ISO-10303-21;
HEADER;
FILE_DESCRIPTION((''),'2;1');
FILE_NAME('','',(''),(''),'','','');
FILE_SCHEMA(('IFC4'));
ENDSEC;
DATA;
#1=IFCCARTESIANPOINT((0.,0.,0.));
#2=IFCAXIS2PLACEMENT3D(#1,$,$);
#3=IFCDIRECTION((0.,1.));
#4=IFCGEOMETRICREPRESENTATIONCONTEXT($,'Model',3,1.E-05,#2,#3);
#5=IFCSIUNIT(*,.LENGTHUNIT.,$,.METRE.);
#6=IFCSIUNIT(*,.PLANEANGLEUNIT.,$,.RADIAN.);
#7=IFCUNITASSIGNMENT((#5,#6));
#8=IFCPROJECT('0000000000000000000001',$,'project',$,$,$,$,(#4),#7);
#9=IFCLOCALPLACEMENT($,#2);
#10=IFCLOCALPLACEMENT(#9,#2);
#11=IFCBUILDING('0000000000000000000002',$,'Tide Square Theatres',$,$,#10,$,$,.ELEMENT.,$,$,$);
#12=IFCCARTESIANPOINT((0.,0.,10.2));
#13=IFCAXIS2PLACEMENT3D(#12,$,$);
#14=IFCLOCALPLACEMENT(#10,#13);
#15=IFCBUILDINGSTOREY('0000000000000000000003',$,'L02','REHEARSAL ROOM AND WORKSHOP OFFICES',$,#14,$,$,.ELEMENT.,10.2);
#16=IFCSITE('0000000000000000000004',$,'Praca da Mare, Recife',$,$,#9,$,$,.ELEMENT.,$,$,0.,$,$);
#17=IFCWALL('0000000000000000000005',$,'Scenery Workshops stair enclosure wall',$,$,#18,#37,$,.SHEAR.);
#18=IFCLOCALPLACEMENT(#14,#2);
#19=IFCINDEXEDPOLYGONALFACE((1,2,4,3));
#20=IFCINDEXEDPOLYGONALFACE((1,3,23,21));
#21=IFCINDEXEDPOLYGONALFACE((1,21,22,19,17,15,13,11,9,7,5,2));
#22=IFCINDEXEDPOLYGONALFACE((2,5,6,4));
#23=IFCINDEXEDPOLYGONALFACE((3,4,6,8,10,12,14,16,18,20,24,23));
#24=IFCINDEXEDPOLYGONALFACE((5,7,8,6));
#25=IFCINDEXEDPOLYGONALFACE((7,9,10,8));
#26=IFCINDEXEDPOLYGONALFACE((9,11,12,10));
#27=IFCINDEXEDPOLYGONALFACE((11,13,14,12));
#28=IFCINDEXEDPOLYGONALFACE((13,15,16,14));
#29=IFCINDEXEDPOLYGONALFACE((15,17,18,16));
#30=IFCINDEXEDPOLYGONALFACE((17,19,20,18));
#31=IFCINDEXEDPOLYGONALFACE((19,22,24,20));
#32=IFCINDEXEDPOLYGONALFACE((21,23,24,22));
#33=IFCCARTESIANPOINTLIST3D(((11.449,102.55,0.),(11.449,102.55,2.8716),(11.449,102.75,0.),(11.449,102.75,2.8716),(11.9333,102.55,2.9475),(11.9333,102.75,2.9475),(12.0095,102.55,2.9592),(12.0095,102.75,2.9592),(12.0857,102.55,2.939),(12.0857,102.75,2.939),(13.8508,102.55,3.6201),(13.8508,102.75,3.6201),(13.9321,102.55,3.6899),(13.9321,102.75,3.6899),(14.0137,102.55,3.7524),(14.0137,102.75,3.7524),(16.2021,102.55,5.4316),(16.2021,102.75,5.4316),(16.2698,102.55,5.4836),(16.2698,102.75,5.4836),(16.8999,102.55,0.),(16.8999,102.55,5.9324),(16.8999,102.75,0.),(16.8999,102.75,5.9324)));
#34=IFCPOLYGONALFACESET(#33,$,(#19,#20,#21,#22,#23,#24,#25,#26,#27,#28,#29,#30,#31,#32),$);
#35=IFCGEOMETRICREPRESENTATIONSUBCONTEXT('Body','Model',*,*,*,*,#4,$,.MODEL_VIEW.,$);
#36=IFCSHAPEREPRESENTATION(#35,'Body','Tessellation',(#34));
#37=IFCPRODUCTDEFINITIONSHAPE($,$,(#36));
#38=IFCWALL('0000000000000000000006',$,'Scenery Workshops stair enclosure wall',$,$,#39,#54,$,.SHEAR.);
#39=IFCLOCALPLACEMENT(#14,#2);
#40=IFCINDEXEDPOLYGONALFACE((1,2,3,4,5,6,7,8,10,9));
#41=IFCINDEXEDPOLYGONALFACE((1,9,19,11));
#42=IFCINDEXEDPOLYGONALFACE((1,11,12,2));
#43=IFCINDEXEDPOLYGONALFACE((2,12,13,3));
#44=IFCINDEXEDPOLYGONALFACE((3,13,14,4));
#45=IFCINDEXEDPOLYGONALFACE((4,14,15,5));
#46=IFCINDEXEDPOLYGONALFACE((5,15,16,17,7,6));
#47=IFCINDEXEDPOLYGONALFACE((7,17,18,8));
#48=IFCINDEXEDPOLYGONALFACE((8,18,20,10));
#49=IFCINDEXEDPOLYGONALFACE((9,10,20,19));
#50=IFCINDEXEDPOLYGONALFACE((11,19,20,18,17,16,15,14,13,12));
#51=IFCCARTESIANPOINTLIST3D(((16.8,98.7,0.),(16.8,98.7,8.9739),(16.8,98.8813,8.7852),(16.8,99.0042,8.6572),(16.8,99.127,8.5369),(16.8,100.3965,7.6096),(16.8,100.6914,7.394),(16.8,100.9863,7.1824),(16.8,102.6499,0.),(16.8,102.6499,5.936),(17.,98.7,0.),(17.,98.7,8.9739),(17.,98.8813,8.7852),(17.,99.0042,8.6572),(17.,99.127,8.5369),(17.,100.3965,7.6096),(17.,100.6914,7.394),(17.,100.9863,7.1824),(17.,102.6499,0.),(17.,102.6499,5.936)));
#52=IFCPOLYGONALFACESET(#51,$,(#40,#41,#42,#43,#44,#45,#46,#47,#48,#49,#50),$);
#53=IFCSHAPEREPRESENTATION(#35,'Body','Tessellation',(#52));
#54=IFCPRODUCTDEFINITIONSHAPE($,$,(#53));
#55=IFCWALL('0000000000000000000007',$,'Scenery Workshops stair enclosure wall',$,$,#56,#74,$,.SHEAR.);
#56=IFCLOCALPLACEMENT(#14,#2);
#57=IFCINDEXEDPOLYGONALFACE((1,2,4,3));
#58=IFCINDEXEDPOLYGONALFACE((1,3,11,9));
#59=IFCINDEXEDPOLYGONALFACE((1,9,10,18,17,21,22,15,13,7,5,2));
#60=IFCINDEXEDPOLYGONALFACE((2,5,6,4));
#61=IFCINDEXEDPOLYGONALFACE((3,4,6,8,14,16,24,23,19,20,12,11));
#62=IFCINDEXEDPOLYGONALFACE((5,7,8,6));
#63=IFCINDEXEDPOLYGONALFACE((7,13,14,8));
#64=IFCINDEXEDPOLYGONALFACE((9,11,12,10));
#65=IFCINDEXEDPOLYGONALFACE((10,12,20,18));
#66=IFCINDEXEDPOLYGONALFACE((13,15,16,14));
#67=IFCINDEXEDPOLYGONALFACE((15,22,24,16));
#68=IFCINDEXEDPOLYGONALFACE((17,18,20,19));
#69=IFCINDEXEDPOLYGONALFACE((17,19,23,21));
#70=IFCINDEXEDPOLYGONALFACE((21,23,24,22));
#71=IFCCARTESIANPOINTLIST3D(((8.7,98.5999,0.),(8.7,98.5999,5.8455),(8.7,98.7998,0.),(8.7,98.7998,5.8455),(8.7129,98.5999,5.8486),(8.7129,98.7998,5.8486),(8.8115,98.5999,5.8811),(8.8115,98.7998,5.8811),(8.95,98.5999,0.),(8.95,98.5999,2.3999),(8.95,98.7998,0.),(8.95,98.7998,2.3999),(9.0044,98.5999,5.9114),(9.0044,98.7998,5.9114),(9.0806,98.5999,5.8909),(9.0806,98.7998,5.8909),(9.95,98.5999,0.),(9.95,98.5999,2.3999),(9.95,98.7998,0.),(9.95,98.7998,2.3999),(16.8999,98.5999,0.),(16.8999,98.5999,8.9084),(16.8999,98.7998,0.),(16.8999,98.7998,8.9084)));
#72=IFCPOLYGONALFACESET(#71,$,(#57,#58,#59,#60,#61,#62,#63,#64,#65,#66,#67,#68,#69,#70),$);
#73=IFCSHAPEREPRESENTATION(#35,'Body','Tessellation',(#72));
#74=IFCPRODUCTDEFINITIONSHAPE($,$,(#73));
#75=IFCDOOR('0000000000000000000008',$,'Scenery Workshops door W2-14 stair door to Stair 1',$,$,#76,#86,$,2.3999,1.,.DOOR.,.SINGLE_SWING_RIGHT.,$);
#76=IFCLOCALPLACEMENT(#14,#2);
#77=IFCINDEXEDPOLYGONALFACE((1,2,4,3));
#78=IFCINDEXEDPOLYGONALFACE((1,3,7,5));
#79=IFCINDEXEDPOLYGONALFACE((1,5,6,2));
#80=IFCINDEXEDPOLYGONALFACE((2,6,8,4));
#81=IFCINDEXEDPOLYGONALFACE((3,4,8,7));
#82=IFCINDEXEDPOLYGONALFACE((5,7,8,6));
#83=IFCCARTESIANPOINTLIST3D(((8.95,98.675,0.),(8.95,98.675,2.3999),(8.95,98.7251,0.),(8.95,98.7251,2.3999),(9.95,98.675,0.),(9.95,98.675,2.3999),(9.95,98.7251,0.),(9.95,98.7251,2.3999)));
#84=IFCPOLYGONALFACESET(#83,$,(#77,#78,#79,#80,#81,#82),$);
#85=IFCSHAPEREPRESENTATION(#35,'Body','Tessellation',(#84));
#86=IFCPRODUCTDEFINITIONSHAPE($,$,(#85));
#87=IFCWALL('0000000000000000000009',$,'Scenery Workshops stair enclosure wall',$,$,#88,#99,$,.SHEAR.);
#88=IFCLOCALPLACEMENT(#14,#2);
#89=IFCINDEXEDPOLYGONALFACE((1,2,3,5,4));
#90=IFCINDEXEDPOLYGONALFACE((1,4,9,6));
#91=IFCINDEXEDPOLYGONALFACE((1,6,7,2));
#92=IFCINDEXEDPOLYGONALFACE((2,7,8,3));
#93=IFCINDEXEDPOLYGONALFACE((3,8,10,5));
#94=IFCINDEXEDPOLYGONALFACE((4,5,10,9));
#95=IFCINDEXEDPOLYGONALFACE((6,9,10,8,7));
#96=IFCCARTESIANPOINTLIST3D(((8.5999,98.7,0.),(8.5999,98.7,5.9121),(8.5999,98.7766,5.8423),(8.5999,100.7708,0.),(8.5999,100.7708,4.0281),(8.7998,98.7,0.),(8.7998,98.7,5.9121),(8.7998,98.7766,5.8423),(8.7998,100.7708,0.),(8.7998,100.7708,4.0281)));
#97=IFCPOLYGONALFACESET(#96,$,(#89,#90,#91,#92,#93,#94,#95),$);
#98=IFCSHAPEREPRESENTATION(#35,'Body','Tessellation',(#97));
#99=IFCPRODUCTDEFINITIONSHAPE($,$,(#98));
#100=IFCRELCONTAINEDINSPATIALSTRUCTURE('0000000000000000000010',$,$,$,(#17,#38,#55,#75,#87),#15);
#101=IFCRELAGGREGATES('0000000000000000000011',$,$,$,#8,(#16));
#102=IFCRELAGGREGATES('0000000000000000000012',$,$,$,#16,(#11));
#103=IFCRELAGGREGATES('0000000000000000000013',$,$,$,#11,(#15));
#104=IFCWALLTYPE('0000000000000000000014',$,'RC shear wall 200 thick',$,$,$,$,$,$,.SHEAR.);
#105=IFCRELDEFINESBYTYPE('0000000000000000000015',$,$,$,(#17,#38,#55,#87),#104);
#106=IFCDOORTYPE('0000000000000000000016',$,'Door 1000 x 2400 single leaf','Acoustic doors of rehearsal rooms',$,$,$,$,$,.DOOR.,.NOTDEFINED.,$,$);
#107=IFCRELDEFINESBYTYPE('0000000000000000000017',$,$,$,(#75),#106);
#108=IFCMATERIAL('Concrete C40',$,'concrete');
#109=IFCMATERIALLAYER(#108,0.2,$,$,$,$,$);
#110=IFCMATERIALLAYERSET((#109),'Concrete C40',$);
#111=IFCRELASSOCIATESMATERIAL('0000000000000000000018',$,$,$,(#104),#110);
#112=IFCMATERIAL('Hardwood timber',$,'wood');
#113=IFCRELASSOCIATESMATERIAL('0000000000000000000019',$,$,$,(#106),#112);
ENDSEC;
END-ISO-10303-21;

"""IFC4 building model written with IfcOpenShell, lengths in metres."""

from ifc_helpers import new_model, si_unit, direction, frame, frame_2d, origin, place, context, subcontext, project, spatial, polyline, rectangle, outline, extrude, material, layer, layer_set, type_object, element, fill, save


model = new_model("IFC4")

# Units and contexts
model_context = context("Model", 3, precision=1e-05, world=origin(), true_north=direction((0.0, 1.0)))
body_context = subcontext(model_context, "Body", "Model", "MODEL_VIEW")
ifc_project = project(units=[si_unit("LENGTHUNIT", "METRE"), si_unit("PLANEANGLEUNIT", "RADIAN")], contexts=[model_context])

# Site, building, storey
site_placement = place(None, origin())
site = spatial("IfcSite", under=ifc_project, at=site_placement, Name="Praca da Mare, Recife", CompositionType="ELEMENT", RefElevation=0.0)
building_placement = place(site_placement, origin())
building = spatial("IfcBuilding", under=site, at=building_placement, Name="Tide Square Theatres", CompositionType="ELEMENT")
storey_placement = place(building_placement, frame((0.0, 0.0, 10.2)))
storey = spatial("IfcBuildingStorey", under=building, at=storey_placement, Name="L02", Description="REHEARSAL ROOM AND WORKSHOP OFFICES", CompositionType="ELEMENT", Elevation=10.2)

# Walls
ifc_material_1 = material(Name="Concrete C40", Category="concrete")
ifc_layer_1 = layer(ifc_material_1, 0.2)
ifc_layer_set_1 = layer_set([ifc_layer_1], Name="Concrete C40")
wall_type_1 = type_object("IfcWallType", Name="RC shear wall 200 thick", PredefinedType="SHEAR", material=ifc_layer_set_1)
wall_1_placement = place(storey_placement, frame((11.449, 102.6499, 0.0), z_axis=(0.0, 0.0, 1.0), x_axis=(1.0, 0.0, 0.0)))
element("IfcWall", 1, at=wall_1_placement, inside=storey, type_object=wall_type_1, Name="Scenery Workshops stair enclosure wall", PredefinedType="SHEAR", context=body_context, shape_type="SweptSolid", body=[
    extrude(outline(polyline([(0.0, 0.0), (5.4509, 0.0), (5.4509, 5.9324), (4.8208, 5.4836), (4.7532, 5.4316), (2.5647, 3.7524), (2.4832, 3.6899), (2.4019, 3.6201), (0.6367, 2.939), (0.5605, 2.9592), (0.4844, 2.9475), (0.0, 2.8716), (0.0, 0.0)])), frame((0.0, 0.1001, 0.0), z_axis=(0.0, -1.0, 0.0), x_axis=(1.0, 0.0, 0.0)), (0.0, 0.0, 1.0), 0.2),
])
wall_2_placement = place(storey_placement, frame((16.8999, 102.6499, 0.0), z_axis=(0.0, 0.0, 1.0), x_axis=(0.0, -1.0, 0.0)))
element("IfcWall", 2, at=wall_2_placement, inside=storey, type_object=wall_type_1, Name="Scenery Workshops stair enclosure wall", PredefinedType="SHEAR", context=body_context, shape_type="SweptSolid", body=[
    extrude(outline(polyline([(0.0, 0.0), (3.95, 0.0), (3.95, 8.9739), (3.7686, 8.7852), (3.6458, 8.6572), (3.5229, 8.5369), (2.2534, 7.6096), (1.9585, 7.394), (1.6636, 7.1824), (0.0, 5.936), (0.0, 0.0)])), frame((0.0, 0.1001, 0.0), z_axis=(0.0, -1.0, 0.0), x_axis=(1.0, 0.0, 0.0)), (0.0, 0.0, 1.0), 0.2),
])

# Wall, opening, door
wall_3_placement = place(storey_placement, frame((16.8999, 98.7, 0.0), z_axis=(0.0, 0.0, 1.0), x_axis=(-1.0, 0.0, 0.0)))
wall_3 = element("IfcWall", 3, at=wall_3_placement, inside=storey, type_object=wall_type_1, Name="Scenery Workshops stair enclosure wall", PredefinedType="SHEAR", context=body_context, shape_type="SweptSolid", body=[
    extrude(outline(polyline([(0.0, 0.0), (8.2, 0.0), (8.2, 5.8455), (8.187, 5.8486), (8.0884, 5.8811), (7.9717, 5.8994), (7.8955, 5.9114), (7.8193, 5.8909), (0.0, 8.9084), (0.0, 0.0)])), frame((0.0, 0.1001, 0.0), z_axis=(0.0, -1.0, 0.0), x_axis=(1.0, 0.0, 0.0)), (0.0, 0.0, 1.0), 0.2),
])
opening_1_placement = place(wall_3_placement, frame((6.95, 0.0, 0.0)))
opening_1 = element("IfcOpeningElement", 4, at=opening_1_placement, cuts=wall_3, PredefinedType="OPENING", context=body_context, shape_type="SweptSolid", body=[
    extrude(rectangle(XDim=1.0, YDim=2.3999, at=frame_2d((0.5, 1.2))), frame((0.0, 0.1099, 0.0), z_axis=(0.0, -1.0, 0.0), x_axis=(1.0, 0.0, 0.0)), (0.0, 0.0, 1.0), 0.22),
])
ifc_material_2 = material(Name="Hardwood timber", Category="wood")
door_type_1 = type_object("IfcDoorType", Name="Door 1000 x 2400 single leaf", Description="Acoustic doors of rehearsal rooms", OperationType="NOTDEFINED", PredefinedType="DOOR", material=ifc_material_2)
door_1_placement = place(opening_1_placement, origin())
door_1 = element("IfcDoor", 5, at=door_1_placement, inside=storey, type_object=door_type_1, Name="Scenery Workshops door W2-14 stair door to Stair 1", OperationType="SINGLE_SWING_RIGHT", OverallHeight=2.3999, OverallWidth=1.0, PredefinedType="DOOR", context=body_context, shape_type="SweptSolid", body=[
    extrude(rectangle(XDim=1.0, YDim=2.3999, at=frame_2d((0.5, 1.2))), frame((0.0, 0.0249, 0.0), z_axis=(0.0, -1.0, 0.0), x_axis=(1.0, 0.0, 0.0)), (0.0, 0.0, 1.0), 0.05),
])
fill(opening_1, door_1)

# Wall
wall_4_placement = place(storey_placement, frame((8.7, 98.7, 0.0), z_axis=(0.0, 0.0, 1.0), x_axis=(0.0, 1.0, 0.0)))
element("IfcWall", 6, at=wall_4_placement, inside=storey, type_object=wall_type_1, Name="Scenery Workshops stair enclosure wall", PredefinedType="SHEAR", context=body_context, shape_type="SweptSolid", body=[
    extrude(outline(polyline([(0.0, 0.0), (2.0708, 0.0), (2.0708, 4.0281), (0.0767, 5.8423), (0.0, 5.9121), (0.0, 0.0)])), frame((0.0, 0.1001, 0.0), z_axis=(0.0, -1.0, 0.0), x_axis=(1.0, 0.0, 0.0)), (0.0, 0.0, 1.0), 0.2),
])

save(model, "model.ifc")
